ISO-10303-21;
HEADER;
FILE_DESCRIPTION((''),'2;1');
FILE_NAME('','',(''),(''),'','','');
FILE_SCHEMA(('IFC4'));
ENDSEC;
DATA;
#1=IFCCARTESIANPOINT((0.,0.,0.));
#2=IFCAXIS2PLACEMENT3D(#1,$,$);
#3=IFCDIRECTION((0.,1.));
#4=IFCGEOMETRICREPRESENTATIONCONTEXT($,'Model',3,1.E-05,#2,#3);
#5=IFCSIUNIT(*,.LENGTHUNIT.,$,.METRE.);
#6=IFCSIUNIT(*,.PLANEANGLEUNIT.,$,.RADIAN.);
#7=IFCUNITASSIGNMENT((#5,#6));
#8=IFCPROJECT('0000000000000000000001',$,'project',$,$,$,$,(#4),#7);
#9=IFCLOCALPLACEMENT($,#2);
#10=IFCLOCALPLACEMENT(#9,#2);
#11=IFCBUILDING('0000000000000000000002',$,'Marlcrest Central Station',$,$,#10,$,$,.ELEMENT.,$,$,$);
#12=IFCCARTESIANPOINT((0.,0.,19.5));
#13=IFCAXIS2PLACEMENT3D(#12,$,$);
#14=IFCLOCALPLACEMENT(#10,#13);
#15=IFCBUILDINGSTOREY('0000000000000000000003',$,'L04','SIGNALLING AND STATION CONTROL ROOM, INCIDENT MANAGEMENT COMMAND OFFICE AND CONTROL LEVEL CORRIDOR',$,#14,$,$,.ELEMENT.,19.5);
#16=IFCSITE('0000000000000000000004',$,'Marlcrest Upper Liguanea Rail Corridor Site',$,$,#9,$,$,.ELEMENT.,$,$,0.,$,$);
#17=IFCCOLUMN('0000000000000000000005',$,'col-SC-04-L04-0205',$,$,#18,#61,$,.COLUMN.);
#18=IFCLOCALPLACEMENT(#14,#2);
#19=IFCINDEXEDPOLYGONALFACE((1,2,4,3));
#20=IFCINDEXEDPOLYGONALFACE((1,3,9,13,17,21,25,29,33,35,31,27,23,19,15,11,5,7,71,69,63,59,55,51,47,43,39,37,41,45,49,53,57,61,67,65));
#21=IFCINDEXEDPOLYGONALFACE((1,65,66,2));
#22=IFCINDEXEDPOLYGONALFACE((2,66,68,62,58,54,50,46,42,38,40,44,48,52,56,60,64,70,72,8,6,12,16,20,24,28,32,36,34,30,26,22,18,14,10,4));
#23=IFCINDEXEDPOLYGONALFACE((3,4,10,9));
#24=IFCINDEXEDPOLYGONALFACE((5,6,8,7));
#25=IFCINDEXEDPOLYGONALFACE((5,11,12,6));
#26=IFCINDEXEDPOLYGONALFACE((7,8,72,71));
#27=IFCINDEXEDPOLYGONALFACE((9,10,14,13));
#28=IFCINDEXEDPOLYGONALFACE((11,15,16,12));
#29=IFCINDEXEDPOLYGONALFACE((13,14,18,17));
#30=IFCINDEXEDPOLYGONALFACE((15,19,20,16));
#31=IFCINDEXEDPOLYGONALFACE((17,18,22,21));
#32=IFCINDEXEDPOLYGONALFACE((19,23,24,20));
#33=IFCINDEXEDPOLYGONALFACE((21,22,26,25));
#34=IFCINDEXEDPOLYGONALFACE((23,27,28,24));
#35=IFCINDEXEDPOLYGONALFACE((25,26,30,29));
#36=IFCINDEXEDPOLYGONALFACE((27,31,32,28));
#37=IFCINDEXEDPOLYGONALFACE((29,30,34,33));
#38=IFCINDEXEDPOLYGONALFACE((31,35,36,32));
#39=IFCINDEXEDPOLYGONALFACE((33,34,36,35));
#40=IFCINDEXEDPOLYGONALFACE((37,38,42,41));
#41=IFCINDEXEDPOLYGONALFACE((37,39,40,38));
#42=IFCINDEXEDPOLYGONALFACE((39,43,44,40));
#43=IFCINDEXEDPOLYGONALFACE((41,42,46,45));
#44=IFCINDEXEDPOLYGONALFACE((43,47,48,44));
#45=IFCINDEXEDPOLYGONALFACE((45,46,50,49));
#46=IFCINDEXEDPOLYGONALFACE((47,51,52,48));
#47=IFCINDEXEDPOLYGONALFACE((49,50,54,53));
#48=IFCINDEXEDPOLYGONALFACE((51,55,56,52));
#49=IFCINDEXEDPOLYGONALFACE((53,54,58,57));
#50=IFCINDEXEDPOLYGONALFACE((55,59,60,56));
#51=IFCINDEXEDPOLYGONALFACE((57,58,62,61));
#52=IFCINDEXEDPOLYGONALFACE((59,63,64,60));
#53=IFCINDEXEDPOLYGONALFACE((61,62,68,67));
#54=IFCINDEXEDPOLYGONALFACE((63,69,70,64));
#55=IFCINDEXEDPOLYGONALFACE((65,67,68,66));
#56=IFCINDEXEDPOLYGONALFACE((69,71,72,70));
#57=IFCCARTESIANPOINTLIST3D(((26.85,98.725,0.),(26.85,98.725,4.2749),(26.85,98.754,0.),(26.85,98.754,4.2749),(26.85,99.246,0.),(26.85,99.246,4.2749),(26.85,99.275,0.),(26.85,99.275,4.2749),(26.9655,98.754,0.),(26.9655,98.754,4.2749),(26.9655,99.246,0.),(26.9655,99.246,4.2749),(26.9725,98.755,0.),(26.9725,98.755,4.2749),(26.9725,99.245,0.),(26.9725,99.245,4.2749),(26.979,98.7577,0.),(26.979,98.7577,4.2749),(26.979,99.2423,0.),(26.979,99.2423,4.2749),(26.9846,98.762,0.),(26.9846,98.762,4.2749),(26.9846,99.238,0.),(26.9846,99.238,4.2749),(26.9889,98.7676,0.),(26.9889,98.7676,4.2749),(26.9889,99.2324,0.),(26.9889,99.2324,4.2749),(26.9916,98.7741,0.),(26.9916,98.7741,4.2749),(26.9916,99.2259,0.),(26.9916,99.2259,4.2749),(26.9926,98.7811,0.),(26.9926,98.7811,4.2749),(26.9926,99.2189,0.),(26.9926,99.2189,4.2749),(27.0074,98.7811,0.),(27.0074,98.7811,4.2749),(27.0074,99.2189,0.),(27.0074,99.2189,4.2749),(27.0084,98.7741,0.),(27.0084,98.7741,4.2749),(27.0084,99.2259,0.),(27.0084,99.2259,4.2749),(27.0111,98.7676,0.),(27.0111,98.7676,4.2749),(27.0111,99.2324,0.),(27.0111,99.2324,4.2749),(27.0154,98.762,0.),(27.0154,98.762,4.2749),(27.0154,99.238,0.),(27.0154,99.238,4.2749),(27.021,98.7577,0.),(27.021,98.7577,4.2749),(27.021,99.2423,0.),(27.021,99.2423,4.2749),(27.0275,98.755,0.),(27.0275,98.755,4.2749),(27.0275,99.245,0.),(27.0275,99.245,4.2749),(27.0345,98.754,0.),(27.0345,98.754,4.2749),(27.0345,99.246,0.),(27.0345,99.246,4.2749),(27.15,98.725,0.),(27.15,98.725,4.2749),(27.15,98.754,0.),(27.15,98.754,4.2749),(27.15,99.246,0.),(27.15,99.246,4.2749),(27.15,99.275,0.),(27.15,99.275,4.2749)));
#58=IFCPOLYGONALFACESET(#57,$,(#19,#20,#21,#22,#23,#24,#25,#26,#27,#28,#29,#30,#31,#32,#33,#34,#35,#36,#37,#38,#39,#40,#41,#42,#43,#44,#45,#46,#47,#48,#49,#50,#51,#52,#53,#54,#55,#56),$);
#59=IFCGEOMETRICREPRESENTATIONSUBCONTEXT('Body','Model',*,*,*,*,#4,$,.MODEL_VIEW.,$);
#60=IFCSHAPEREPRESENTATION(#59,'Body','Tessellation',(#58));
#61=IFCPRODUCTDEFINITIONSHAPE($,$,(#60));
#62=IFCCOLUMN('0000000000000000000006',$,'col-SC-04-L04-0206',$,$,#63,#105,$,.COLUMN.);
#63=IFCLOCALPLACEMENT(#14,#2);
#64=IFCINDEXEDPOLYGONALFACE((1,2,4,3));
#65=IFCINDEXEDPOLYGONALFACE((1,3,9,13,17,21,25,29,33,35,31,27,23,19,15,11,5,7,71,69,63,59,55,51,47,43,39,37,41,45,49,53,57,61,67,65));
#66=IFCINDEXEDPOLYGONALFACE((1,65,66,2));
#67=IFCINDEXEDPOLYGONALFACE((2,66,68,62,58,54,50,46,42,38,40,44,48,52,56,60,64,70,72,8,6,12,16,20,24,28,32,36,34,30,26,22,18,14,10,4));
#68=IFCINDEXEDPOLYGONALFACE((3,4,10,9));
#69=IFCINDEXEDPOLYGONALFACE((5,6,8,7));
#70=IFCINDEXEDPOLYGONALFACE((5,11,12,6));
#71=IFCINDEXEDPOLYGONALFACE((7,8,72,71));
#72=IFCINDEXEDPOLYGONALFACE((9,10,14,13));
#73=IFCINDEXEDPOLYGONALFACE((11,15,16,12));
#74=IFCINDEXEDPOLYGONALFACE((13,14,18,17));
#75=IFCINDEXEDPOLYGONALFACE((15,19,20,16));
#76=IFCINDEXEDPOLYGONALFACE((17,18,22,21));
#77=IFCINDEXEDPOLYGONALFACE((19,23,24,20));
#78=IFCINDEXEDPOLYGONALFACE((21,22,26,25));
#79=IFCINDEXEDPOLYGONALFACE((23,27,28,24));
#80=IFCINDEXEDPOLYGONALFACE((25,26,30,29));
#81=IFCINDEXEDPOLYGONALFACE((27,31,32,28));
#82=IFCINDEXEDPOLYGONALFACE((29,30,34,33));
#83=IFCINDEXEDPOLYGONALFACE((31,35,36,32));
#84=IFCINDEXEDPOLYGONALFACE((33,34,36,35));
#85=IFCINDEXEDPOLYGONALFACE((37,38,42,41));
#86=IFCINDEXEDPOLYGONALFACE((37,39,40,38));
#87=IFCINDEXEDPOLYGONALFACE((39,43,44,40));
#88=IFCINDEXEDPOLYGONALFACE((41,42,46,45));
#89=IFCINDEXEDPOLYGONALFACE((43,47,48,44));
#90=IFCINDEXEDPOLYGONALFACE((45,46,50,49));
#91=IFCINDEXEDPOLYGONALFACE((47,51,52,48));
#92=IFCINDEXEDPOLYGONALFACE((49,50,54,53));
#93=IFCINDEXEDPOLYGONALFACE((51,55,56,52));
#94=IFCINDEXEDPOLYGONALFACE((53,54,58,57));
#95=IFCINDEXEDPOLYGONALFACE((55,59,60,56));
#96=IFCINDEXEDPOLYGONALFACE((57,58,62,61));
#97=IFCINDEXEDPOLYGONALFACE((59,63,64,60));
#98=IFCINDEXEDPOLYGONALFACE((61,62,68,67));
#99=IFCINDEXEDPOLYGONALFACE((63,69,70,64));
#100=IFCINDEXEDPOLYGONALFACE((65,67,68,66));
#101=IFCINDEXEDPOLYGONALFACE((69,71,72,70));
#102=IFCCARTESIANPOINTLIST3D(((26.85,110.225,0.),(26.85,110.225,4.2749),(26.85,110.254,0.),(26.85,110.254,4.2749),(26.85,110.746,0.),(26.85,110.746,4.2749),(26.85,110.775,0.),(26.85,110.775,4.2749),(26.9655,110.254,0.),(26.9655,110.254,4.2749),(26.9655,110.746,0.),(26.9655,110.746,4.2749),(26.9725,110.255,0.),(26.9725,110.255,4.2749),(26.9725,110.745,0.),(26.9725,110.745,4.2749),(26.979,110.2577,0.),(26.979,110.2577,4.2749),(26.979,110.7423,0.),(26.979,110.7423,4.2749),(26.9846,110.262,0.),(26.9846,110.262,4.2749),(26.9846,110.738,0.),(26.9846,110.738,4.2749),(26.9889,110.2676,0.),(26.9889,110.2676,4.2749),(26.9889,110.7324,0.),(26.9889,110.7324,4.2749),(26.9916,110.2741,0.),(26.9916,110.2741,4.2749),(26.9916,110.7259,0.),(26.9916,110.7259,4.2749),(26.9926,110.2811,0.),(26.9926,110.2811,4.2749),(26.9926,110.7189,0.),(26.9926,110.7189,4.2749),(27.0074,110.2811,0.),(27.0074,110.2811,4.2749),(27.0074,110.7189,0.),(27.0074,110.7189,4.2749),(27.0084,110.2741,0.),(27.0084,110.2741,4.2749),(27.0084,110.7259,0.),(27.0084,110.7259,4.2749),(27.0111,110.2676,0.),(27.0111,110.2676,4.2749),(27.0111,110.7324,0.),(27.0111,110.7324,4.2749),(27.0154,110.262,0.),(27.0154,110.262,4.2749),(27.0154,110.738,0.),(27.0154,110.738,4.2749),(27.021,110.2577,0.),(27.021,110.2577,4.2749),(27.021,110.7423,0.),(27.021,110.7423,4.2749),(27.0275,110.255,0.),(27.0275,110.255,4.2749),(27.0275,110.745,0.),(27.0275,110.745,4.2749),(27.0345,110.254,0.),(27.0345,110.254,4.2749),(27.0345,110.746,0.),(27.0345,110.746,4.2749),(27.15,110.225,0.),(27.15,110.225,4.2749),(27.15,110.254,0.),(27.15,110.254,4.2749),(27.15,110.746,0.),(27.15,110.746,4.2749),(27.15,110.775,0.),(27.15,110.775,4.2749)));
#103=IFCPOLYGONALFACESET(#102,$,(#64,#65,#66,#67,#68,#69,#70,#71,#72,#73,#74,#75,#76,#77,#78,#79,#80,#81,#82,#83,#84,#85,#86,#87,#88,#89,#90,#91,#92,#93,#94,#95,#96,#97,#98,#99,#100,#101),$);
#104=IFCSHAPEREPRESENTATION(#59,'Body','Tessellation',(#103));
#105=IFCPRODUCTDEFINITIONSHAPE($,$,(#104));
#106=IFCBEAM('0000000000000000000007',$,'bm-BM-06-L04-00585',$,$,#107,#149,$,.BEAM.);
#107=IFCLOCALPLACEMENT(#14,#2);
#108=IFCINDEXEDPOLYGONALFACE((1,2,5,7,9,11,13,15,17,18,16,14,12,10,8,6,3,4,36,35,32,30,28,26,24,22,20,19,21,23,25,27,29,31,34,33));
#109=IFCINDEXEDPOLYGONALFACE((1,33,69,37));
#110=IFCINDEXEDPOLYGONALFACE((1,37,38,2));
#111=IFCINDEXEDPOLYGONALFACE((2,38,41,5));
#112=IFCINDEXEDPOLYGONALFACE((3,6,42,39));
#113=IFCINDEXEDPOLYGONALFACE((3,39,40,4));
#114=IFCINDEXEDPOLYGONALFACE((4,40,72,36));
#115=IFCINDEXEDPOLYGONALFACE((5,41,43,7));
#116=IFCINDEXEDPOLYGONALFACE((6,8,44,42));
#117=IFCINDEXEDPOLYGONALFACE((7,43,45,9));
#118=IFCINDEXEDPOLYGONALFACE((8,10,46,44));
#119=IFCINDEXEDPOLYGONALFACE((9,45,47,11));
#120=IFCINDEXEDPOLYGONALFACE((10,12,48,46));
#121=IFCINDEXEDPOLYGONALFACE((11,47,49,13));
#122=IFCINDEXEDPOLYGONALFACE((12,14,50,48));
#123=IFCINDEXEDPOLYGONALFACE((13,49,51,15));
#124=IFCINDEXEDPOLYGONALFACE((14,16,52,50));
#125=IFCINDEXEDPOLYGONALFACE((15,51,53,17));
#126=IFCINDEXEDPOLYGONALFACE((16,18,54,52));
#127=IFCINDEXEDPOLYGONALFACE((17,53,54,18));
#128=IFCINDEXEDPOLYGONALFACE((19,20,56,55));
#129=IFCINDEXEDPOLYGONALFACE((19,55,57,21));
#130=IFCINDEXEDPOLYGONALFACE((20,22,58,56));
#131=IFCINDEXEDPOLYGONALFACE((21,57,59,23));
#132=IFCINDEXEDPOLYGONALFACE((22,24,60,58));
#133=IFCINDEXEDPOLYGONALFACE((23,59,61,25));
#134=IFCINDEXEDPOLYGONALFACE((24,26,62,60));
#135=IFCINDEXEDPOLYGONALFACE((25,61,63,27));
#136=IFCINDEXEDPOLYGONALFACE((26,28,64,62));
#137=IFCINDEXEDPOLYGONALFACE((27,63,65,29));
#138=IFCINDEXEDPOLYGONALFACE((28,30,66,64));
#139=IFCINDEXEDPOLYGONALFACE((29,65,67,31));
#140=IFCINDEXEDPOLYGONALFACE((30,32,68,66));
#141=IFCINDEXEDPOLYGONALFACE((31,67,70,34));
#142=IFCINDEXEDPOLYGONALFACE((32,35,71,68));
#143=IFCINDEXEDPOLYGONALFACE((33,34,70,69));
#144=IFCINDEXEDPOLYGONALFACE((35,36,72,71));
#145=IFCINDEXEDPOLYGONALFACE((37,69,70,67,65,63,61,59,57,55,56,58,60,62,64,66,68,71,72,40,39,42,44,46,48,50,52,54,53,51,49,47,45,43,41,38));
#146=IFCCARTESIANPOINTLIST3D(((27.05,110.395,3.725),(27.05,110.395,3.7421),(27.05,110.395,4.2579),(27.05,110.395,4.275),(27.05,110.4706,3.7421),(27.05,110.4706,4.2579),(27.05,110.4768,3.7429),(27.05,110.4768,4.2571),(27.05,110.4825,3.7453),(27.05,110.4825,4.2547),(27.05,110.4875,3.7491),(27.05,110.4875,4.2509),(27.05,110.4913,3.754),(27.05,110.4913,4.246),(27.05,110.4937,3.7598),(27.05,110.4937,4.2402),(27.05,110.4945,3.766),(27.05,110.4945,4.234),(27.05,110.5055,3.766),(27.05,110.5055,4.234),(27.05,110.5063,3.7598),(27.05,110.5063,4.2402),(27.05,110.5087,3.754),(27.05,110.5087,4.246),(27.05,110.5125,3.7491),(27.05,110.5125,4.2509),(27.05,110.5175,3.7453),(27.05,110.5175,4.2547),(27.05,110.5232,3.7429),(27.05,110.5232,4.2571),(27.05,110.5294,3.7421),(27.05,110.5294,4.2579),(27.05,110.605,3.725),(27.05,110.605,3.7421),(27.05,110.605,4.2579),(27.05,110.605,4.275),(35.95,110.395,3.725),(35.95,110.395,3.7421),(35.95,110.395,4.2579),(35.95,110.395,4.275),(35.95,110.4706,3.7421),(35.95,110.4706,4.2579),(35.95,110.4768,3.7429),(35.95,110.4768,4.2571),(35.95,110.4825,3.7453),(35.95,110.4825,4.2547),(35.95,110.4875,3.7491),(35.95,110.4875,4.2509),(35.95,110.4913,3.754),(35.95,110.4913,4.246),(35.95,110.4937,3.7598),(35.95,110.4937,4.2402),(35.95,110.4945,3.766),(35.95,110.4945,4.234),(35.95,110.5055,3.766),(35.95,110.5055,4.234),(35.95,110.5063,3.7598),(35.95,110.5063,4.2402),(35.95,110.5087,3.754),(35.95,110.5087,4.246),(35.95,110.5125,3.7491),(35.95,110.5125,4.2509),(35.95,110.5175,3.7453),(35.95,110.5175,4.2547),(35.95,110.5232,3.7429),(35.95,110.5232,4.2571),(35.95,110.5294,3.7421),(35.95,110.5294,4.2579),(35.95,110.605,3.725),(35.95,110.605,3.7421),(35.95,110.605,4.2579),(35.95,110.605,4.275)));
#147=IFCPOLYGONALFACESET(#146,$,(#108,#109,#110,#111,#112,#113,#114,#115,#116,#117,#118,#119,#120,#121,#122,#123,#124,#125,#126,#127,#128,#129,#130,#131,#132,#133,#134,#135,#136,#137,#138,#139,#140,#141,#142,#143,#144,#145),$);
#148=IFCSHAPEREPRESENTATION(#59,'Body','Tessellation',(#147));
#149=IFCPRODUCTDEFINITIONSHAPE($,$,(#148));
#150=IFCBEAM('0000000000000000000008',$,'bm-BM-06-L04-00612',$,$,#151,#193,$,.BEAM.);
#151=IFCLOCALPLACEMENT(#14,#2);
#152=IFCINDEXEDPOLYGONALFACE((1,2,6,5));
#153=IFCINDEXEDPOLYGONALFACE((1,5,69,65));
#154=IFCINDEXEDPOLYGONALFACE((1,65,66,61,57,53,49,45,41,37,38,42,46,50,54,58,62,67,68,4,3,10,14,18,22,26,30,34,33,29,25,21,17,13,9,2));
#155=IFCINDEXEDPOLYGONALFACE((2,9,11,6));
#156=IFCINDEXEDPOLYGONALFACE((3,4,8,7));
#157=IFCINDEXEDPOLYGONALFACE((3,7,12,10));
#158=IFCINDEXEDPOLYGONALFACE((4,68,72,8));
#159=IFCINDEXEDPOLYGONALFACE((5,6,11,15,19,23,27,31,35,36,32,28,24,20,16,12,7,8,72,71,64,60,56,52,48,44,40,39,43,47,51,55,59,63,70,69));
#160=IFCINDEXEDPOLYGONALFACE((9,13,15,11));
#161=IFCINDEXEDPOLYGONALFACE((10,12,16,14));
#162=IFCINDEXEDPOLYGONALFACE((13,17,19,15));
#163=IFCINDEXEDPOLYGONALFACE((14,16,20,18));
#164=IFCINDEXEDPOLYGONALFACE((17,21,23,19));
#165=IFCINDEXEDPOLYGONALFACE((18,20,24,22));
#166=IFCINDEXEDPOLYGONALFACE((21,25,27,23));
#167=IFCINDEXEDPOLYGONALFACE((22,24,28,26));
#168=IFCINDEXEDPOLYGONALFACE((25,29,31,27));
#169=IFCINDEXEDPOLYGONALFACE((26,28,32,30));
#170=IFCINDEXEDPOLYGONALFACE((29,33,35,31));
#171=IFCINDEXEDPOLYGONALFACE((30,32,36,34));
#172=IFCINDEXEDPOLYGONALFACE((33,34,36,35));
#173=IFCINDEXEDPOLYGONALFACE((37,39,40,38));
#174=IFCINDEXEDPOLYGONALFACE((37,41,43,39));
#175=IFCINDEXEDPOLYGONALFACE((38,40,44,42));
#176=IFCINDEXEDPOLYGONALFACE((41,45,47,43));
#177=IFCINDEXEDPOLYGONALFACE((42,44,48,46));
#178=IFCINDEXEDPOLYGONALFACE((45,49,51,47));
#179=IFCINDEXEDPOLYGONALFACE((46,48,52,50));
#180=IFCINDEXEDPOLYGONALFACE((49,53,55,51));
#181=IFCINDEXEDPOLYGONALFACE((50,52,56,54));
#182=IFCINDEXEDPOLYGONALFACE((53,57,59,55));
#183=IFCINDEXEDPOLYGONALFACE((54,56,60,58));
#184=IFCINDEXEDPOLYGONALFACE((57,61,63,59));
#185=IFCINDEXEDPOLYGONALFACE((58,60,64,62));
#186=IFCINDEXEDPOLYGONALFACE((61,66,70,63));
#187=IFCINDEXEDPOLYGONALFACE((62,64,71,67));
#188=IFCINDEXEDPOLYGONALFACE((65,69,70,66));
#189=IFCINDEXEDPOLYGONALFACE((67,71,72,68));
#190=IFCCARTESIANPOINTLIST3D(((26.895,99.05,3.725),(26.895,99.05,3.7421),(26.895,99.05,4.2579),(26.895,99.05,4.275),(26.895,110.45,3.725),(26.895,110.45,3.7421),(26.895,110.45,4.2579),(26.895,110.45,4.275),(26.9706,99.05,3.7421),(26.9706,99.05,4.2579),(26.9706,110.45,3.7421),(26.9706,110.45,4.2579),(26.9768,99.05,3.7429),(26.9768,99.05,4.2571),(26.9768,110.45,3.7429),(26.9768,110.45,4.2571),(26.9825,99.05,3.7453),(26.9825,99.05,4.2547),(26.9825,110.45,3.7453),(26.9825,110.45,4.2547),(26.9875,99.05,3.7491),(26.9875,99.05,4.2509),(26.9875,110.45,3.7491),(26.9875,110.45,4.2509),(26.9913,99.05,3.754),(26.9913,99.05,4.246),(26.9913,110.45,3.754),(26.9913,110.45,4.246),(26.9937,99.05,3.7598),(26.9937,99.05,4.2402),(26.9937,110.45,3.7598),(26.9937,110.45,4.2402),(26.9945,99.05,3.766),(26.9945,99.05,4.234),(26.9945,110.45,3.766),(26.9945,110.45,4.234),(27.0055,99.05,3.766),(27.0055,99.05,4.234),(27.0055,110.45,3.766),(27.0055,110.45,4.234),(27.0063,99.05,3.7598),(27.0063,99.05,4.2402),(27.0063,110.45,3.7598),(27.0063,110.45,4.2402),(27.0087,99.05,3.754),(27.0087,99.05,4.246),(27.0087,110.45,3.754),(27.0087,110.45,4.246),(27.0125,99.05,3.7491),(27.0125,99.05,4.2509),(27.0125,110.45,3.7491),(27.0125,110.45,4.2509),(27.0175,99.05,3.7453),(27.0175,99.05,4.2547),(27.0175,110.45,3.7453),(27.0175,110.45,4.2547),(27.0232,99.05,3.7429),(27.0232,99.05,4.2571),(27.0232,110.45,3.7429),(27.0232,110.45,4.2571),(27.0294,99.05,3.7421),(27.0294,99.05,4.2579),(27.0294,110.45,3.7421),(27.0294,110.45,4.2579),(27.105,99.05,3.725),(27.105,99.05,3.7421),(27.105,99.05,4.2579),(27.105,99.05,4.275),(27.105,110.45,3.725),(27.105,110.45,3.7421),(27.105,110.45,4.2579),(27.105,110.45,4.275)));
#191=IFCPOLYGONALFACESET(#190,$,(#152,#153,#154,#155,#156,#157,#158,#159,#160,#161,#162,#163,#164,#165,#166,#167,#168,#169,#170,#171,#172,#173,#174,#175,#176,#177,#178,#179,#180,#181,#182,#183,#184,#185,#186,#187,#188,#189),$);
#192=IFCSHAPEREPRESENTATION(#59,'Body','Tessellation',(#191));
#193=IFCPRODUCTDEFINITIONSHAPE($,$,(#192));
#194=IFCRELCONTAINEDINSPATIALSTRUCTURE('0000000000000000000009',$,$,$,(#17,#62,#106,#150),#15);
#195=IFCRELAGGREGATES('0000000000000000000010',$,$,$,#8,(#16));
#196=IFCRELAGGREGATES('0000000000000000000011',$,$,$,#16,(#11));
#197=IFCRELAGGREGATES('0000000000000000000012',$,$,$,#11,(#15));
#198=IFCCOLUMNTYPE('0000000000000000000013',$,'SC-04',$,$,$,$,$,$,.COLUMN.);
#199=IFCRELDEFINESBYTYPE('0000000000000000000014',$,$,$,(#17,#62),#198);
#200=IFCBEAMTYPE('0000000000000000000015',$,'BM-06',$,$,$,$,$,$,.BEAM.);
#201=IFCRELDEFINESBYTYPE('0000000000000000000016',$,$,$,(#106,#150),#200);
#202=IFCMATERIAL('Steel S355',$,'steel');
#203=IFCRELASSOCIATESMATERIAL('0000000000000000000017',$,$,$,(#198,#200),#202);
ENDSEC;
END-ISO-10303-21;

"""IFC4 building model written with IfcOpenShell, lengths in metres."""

from ifc_helpers import new_model, si_unit, direction, frame, origin, origin_2d, place, context, subcontext, project, spatial, i_section, extrude, material, material_profile, profile_set, type_object, element, save


model = new_model("IFC4")

# Units and contexts
model_context = context("Model", 3, precision=1e-05, world=origin(), true_north=direction((0.0, 1.0)))
body_context = subcontext(model_context, "Body", "Model", "MODEL_VIEW")
ifc_project = project(units=[si_unit("LENGTHUNIT", "METRE"), si_unit("PLANEANGLEUNIT", "RADIAN")], contexts=[model_context])

# Site, building, storey
site_placement = place(None, origin())
site = spatial("IfcSite", under=ifc_project, at=site_placement, Name="Marlcrest Upper Liguanea Rail Corridor Site", CompositionType="ELEMENT", RefElevation=0.0)
building_placement = place(site_placement, origin())
building = spatial("IfcBuilding", under=site, at=building_placement, Name="Marlcrest Central Station", CompositionType="ELEMENT")
storey_placement = place(building_placement, frame((0.0, 0.0, 19.5)))
storey = spatial("IfcBuildingStorey", under=building, at=storey_placement, Name="L04", Description="SIGNALLING AND STATION CONTROL ROOM, INCIDENT MANAGEMENT COMMAND OFFICE AND CONTROL LEVEL CORRIDOR", CompositionType="ELEMENT", Elevation=19.5)

# Columns
ifc_material_1 = material(Name="Steel S355", Category="steel")
ifc_material_profile_1 = material_profile(ifc_material_1, i_section(OverallWidth=0.3, OverallDepth=0.55, WebThickness=0.0149, FlangeThickness=0.0291, FilletRadius=0.0271, at=origin_2d()), Name="HEB 550")
ifc_profile_set_1 = profile_set([ifc_material_profile_1], Name="Steel S355")
column_type = type_object("IfcColumnType", Name="SC-04", PredefinedType="COLUMN", material=ifc_profile_set_1)
for number, where, z_axis, x_axis, name in (
    (1, (27.0, 99.0, 0.0), (0.0, 0.0, 1.0), (1.0, 0.0, 0.0), "col-SC-04-L04-0205"),
    (2, (27.0, 110.5, 0.0), (0.0, 0.0, 1.0), (1.0, 0.0, 0.0), "col-SC-04-L04-0206"),
):
    element("IfcColumn", number, at=place(storey_placement, frame(where, z_axis=z_axis, x_axis=x_axis)), inside=storey, type_object=column_type, Name=name, PredefinedType="COLUMN", context=body_context, shape_type="SweptSolid", body=[
        extrude(i_section(OverallWidth=0.3, OverallDepth=0.55, WebThickness=0.0149, FlangeThickness=0.0291, FilletRadius=0.0271, at=origin_2d()), origin(), (0.0, 0.0, 1.0), 4.2749),
    ])

# Beams
ifc_material_profile_2 = material_profile(ifc_material_1, i_section(OverallWidth=0.21, OverallDepth=0.55, WebThickness=0.011, FlangeThickness=0.0171, FilletRadius=0.0239, at=origin_2d()), Name="IPE 550")
ifc_profile_set_2 = profile_set([ifc_material_profile_2], Name="Steel S355")
beam_type_1 = type_object("IfcBeamType", Name="BM-06", PredefinedType="BEAM", material=ifc_profile_set_2)
beam_1_placement = place(storey_placement, frame((27.05, 110.5, 4.0), z_axis=(1.0, 0.0, 0.0), x_axis=(0.0, 1.0, 0.0)))
element("IfcBeam", 3, at=beam_1_placement, inside=storey, type_object=beam_type_1, Name="bm-BM-06-L04-00585", PredefinedType="BEAM", context=body_context, shape_type="SweptSolid", body=[
    extrude(i_section(OverallWidth=0.21, OverallDepth=0.55, WebThickness=0.011, FlangeThickness=0.0171, FilletRadius=0.0239, at=origin_2d()), origin(), (0.0, 0.0, 1.0), 8.8999),
])
beam_2_placement = place(storey_placement, frame((27.0, 99.05, 4.0), z_axis=(0.0, 1.0, 0.0), x_axis=(-1.0, 0.0, 0.0)))
element("IfcBeam", 4, at=beam_2_placement, inside=storey, type_object=beam_type_1, Name="bm-BM-06-L04-00612", PredefinedType="BEAM", context=body_context, shape_type="SweptSolid", body=[
    extrude(i_section(OverallWidth=0.21, OverallDepth=0.55, WebThickness=0.011, FlangeThickness=0.0171, FilletRadius=0.0239, at=origin_2d()), origin(), (0.0, 0.0, 1.0), 11.3999),
])

save(model, "model.ifc")
